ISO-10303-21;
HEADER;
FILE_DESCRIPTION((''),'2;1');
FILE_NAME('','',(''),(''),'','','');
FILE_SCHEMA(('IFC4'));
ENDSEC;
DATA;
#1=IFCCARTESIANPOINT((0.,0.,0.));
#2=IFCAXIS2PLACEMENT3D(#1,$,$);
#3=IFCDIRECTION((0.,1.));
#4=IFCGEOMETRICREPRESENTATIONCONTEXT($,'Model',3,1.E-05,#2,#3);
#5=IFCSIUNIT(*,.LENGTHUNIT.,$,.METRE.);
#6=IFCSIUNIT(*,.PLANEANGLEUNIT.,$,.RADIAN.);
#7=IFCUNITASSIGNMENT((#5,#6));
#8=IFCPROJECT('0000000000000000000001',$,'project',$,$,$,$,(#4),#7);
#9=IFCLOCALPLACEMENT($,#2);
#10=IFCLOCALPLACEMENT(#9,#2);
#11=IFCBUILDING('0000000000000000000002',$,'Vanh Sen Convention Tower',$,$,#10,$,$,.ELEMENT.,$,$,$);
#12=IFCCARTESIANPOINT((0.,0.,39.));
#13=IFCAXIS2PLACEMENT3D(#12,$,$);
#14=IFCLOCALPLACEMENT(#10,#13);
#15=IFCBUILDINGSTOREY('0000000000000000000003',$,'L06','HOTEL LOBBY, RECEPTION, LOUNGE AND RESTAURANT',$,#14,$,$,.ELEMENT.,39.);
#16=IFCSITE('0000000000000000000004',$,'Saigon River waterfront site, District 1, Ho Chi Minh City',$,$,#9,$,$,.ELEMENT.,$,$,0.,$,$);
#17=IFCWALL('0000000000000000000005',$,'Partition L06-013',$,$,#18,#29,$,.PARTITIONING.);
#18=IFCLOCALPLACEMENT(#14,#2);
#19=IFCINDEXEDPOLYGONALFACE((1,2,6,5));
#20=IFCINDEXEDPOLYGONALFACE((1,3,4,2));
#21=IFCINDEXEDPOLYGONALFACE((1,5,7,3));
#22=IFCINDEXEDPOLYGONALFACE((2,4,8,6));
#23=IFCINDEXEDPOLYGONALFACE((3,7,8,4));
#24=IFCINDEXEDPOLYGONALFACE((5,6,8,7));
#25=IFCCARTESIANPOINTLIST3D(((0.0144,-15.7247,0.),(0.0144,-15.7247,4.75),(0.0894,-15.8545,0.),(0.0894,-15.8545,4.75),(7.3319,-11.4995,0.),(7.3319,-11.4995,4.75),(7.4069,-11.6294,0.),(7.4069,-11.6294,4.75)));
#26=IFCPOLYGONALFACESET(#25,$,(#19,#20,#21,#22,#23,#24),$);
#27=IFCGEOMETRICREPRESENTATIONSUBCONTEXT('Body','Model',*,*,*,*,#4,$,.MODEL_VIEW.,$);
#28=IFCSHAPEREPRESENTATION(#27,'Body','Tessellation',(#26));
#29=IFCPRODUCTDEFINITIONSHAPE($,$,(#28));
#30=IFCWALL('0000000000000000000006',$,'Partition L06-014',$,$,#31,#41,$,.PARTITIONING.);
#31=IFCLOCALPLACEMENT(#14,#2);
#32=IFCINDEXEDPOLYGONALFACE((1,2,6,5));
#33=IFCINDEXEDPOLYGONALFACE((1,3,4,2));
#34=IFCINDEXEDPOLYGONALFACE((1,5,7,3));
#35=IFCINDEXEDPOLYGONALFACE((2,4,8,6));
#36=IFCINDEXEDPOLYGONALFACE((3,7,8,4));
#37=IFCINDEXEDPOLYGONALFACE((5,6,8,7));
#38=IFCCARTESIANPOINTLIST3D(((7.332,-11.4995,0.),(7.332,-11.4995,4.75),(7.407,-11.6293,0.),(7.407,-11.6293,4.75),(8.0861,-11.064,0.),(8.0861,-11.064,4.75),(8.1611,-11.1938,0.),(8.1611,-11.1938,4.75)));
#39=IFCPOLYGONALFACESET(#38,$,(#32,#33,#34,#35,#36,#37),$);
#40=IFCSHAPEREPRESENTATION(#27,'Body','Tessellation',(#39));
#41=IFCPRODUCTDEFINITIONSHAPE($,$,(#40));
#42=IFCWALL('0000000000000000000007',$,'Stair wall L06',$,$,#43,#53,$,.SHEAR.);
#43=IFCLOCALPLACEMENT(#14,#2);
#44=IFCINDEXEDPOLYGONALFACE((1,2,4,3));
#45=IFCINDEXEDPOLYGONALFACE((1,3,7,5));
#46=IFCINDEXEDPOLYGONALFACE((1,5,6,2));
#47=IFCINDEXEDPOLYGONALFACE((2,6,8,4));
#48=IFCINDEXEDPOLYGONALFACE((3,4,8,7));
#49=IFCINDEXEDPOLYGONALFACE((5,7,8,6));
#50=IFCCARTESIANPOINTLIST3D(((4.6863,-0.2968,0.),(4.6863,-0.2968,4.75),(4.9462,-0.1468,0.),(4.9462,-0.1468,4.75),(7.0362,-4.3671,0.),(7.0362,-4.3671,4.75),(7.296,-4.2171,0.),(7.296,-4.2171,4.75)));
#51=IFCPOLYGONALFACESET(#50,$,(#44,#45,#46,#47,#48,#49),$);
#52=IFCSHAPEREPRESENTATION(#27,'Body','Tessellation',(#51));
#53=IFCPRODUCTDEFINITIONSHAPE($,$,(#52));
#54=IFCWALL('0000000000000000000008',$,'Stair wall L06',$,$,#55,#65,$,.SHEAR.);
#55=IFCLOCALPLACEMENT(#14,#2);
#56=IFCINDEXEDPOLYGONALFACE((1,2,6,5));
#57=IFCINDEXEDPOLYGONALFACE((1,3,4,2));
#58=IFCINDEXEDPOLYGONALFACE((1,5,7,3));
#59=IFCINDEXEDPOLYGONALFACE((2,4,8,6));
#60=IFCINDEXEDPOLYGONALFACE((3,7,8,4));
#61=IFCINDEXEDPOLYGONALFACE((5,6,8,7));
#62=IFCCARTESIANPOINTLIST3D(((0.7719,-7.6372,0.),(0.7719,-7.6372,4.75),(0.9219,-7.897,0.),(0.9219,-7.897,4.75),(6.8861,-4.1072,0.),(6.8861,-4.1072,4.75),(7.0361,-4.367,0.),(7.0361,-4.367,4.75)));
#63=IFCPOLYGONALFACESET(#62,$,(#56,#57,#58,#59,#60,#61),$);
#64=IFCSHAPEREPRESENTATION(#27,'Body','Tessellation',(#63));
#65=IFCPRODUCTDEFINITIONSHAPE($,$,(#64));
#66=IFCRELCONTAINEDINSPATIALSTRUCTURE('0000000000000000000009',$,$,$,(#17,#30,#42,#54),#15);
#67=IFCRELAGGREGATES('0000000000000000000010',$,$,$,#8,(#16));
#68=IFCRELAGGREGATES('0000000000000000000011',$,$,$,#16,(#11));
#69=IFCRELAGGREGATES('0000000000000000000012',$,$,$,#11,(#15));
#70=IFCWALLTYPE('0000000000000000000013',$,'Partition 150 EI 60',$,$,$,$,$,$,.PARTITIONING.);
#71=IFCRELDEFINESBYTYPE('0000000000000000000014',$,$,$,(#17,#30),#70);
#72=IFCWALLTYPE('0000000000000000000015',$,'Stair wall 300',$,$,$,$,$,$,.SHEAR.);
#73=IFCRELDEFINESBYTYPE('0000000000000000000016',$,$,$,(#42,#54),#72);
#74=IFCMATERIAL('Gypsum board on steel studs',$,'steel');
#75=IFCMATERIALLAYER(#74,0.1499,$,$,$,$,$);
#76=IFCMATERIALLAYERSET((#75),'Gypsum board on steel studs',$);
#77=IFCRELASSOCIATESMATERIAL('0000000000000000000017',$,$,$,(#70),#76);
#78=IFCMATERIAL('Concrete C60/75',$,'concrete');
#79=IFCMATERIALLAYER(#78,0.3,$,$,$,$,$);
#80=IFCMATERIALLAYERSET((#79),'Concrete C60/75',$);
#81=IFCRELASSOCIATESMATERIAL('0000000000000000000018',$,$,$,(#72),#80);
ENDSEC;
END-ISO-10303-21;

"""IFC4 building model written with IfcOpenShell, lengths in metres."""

from ifc_helpers import new_model, si_unit, direction, frame, frame_2d, origin, place, context, subcontext, project, spatial, rectangle, extrude, material, layer, layer_set, type_object, element, save


model = new_model("IFC4")

# Units and contexts
model_context = context("Model", 3, precision=1e-05, world=origin(), true_north=direction((0.0, 1.0)))
body_context = subcontext(model_context, "Body", "Model", "MODEL_VIEW")
ifc_project = project(units=[si_unit("LENGTHUNIT", "METRE"), si_unit("PLANEANGLEUNIT", "RADIAN")], contexts=[model_context])

# Site, building, storey
site_placement = place(None, origin())
site = spatial("IfcSite", under=ifc_project, at=site_placement, Name="Saigon River waterfront site, District 1, Ho Chi Minh City", CompositionType="ELEMENT", RefElevation=0.0)
building_placement = place(site_placement, origin())
building = spatial("IfcBuilding", under=site, at=building_placement, Name="Vanh Sen Convention Tower", CompositionType="ELEMENT")
storey_placement = place(building_placement, frame((0.0, 0.0, 39.0)))
storey = spatial("IfcBuildingStorey", under=building, at=storey_placement, Name="L06", Description="HOTEL LOBBY, RECEPTION, LOUNGE AND RESTAURANT", CompositionType="ELEMENT", Elevation=39.0)

# Walls
ifc_material_1 = material(Name="Gypsum board on steel studs", Category="steel")
ifc_layer_1 = layer(ifc_material_1, 0.1499)
ifc_layer_set_1 = layer_set([ifc_layer_1], Name="Gypsum board on steel studs")
wall_type_1 = type_object("IfcWallType", Name="Partition 150 EI 60", PredefinedType="PARTITIONING", material=ifc_layer_set_1)
wall_1_placement = place(storey_placement, frame((7.3694, -11.5645, 0.0), z_axis=(0.0, 0.0, 1.0), x_axis=(-0.866005, -0.500036, 0.0)))
element("IfcWall", 1, at=wall_1_placement, inside=storey, type_object=wall_type_1, Name="Partition L06-013", PredefinedType="PARTITIONING", context=body_context, shape_type="SweptSolid", body=[
    extrude(rectangle(XDim=8.4497, YDim=0.1499, at=frame_2d((4.2249, 0.0))), origin(), (0.0, 0.0, 1.0), 4.75),
])
wall_2_placement = place(storey_placement, frame((7.3694, -11.5645, 0.0), z_axis=(0.0, 0.0, 1.0), x_axis=(0.865957, 0.500119, 0.0)))
element("IfcWall", 2, at=wall_2_placement, inside=storey, type_object=wall_type_1, Name="Partition L06-014", PredefinedType="PARTITIONING", context=body_context, shape_type="SweptSolid", body=[
    extrude(rectangle(XDim=0.8708, YDim=0.1499, at=frame_2d((0.4355, 0.0))), origin(), (0.0, 0.0, 1.0), 4.75),
])
ifc_material_2 = material(Name="Concrete C60/75", Category="concrete")
ifc_layer_2 = layer(ifc_material_2, 0.3)
ifc_layer_set_2 = layer_set([ifc_layer_2], Name="Concrete C60/75")
wall_type_2 = type_object("IfcWallType", Name="Stair wall 300", PredefinedType="SHEAR", material=ifc_layer_set_2)
wall_3_placement = place(storey_placement, frame((4.8162, -0.2217, 0.0), z_axis=(0.0, 0.0, 1.0), x_axis=(0.499977, -0.866039, 0.0)))
element("IfcWall", 3, at=wall_3_placement, inside=storey, type_object=wall_type_2, Name="Stair wall L06", PredefinedType="SHEAR", context=body_context, shape_type="SweptSolid", body=[
    extrude(rectangle(XDim=4.7, YDim=0.3, at=frame_2d((2.3501, 0.0))), origin(), (0.0, 0.0, 1.0), 4.75),
])
wall_4_placement = place(storey_placement, frame((0.8469, -7.7671, 0.0), z_axis=(0.0, 0.0, 1.0), x_axis=(0.866028, 0.499996, 0.0)))
element("IfcWall", 4, at=wall_4_placement, inside=storey, type_object=wall_type_2, Name="Stair wall L06", PredefinedType="SHEAR", context=body_context, shape_type="SweptSolid", body=[
    extrude(rectangle(XDim=7.0601, YDim=0.3, at=frame_2d((3.53, 0.0))), origin(), (0.0, 0.0, 1.0), 4.75),
])

save(model, "model.ifc")
